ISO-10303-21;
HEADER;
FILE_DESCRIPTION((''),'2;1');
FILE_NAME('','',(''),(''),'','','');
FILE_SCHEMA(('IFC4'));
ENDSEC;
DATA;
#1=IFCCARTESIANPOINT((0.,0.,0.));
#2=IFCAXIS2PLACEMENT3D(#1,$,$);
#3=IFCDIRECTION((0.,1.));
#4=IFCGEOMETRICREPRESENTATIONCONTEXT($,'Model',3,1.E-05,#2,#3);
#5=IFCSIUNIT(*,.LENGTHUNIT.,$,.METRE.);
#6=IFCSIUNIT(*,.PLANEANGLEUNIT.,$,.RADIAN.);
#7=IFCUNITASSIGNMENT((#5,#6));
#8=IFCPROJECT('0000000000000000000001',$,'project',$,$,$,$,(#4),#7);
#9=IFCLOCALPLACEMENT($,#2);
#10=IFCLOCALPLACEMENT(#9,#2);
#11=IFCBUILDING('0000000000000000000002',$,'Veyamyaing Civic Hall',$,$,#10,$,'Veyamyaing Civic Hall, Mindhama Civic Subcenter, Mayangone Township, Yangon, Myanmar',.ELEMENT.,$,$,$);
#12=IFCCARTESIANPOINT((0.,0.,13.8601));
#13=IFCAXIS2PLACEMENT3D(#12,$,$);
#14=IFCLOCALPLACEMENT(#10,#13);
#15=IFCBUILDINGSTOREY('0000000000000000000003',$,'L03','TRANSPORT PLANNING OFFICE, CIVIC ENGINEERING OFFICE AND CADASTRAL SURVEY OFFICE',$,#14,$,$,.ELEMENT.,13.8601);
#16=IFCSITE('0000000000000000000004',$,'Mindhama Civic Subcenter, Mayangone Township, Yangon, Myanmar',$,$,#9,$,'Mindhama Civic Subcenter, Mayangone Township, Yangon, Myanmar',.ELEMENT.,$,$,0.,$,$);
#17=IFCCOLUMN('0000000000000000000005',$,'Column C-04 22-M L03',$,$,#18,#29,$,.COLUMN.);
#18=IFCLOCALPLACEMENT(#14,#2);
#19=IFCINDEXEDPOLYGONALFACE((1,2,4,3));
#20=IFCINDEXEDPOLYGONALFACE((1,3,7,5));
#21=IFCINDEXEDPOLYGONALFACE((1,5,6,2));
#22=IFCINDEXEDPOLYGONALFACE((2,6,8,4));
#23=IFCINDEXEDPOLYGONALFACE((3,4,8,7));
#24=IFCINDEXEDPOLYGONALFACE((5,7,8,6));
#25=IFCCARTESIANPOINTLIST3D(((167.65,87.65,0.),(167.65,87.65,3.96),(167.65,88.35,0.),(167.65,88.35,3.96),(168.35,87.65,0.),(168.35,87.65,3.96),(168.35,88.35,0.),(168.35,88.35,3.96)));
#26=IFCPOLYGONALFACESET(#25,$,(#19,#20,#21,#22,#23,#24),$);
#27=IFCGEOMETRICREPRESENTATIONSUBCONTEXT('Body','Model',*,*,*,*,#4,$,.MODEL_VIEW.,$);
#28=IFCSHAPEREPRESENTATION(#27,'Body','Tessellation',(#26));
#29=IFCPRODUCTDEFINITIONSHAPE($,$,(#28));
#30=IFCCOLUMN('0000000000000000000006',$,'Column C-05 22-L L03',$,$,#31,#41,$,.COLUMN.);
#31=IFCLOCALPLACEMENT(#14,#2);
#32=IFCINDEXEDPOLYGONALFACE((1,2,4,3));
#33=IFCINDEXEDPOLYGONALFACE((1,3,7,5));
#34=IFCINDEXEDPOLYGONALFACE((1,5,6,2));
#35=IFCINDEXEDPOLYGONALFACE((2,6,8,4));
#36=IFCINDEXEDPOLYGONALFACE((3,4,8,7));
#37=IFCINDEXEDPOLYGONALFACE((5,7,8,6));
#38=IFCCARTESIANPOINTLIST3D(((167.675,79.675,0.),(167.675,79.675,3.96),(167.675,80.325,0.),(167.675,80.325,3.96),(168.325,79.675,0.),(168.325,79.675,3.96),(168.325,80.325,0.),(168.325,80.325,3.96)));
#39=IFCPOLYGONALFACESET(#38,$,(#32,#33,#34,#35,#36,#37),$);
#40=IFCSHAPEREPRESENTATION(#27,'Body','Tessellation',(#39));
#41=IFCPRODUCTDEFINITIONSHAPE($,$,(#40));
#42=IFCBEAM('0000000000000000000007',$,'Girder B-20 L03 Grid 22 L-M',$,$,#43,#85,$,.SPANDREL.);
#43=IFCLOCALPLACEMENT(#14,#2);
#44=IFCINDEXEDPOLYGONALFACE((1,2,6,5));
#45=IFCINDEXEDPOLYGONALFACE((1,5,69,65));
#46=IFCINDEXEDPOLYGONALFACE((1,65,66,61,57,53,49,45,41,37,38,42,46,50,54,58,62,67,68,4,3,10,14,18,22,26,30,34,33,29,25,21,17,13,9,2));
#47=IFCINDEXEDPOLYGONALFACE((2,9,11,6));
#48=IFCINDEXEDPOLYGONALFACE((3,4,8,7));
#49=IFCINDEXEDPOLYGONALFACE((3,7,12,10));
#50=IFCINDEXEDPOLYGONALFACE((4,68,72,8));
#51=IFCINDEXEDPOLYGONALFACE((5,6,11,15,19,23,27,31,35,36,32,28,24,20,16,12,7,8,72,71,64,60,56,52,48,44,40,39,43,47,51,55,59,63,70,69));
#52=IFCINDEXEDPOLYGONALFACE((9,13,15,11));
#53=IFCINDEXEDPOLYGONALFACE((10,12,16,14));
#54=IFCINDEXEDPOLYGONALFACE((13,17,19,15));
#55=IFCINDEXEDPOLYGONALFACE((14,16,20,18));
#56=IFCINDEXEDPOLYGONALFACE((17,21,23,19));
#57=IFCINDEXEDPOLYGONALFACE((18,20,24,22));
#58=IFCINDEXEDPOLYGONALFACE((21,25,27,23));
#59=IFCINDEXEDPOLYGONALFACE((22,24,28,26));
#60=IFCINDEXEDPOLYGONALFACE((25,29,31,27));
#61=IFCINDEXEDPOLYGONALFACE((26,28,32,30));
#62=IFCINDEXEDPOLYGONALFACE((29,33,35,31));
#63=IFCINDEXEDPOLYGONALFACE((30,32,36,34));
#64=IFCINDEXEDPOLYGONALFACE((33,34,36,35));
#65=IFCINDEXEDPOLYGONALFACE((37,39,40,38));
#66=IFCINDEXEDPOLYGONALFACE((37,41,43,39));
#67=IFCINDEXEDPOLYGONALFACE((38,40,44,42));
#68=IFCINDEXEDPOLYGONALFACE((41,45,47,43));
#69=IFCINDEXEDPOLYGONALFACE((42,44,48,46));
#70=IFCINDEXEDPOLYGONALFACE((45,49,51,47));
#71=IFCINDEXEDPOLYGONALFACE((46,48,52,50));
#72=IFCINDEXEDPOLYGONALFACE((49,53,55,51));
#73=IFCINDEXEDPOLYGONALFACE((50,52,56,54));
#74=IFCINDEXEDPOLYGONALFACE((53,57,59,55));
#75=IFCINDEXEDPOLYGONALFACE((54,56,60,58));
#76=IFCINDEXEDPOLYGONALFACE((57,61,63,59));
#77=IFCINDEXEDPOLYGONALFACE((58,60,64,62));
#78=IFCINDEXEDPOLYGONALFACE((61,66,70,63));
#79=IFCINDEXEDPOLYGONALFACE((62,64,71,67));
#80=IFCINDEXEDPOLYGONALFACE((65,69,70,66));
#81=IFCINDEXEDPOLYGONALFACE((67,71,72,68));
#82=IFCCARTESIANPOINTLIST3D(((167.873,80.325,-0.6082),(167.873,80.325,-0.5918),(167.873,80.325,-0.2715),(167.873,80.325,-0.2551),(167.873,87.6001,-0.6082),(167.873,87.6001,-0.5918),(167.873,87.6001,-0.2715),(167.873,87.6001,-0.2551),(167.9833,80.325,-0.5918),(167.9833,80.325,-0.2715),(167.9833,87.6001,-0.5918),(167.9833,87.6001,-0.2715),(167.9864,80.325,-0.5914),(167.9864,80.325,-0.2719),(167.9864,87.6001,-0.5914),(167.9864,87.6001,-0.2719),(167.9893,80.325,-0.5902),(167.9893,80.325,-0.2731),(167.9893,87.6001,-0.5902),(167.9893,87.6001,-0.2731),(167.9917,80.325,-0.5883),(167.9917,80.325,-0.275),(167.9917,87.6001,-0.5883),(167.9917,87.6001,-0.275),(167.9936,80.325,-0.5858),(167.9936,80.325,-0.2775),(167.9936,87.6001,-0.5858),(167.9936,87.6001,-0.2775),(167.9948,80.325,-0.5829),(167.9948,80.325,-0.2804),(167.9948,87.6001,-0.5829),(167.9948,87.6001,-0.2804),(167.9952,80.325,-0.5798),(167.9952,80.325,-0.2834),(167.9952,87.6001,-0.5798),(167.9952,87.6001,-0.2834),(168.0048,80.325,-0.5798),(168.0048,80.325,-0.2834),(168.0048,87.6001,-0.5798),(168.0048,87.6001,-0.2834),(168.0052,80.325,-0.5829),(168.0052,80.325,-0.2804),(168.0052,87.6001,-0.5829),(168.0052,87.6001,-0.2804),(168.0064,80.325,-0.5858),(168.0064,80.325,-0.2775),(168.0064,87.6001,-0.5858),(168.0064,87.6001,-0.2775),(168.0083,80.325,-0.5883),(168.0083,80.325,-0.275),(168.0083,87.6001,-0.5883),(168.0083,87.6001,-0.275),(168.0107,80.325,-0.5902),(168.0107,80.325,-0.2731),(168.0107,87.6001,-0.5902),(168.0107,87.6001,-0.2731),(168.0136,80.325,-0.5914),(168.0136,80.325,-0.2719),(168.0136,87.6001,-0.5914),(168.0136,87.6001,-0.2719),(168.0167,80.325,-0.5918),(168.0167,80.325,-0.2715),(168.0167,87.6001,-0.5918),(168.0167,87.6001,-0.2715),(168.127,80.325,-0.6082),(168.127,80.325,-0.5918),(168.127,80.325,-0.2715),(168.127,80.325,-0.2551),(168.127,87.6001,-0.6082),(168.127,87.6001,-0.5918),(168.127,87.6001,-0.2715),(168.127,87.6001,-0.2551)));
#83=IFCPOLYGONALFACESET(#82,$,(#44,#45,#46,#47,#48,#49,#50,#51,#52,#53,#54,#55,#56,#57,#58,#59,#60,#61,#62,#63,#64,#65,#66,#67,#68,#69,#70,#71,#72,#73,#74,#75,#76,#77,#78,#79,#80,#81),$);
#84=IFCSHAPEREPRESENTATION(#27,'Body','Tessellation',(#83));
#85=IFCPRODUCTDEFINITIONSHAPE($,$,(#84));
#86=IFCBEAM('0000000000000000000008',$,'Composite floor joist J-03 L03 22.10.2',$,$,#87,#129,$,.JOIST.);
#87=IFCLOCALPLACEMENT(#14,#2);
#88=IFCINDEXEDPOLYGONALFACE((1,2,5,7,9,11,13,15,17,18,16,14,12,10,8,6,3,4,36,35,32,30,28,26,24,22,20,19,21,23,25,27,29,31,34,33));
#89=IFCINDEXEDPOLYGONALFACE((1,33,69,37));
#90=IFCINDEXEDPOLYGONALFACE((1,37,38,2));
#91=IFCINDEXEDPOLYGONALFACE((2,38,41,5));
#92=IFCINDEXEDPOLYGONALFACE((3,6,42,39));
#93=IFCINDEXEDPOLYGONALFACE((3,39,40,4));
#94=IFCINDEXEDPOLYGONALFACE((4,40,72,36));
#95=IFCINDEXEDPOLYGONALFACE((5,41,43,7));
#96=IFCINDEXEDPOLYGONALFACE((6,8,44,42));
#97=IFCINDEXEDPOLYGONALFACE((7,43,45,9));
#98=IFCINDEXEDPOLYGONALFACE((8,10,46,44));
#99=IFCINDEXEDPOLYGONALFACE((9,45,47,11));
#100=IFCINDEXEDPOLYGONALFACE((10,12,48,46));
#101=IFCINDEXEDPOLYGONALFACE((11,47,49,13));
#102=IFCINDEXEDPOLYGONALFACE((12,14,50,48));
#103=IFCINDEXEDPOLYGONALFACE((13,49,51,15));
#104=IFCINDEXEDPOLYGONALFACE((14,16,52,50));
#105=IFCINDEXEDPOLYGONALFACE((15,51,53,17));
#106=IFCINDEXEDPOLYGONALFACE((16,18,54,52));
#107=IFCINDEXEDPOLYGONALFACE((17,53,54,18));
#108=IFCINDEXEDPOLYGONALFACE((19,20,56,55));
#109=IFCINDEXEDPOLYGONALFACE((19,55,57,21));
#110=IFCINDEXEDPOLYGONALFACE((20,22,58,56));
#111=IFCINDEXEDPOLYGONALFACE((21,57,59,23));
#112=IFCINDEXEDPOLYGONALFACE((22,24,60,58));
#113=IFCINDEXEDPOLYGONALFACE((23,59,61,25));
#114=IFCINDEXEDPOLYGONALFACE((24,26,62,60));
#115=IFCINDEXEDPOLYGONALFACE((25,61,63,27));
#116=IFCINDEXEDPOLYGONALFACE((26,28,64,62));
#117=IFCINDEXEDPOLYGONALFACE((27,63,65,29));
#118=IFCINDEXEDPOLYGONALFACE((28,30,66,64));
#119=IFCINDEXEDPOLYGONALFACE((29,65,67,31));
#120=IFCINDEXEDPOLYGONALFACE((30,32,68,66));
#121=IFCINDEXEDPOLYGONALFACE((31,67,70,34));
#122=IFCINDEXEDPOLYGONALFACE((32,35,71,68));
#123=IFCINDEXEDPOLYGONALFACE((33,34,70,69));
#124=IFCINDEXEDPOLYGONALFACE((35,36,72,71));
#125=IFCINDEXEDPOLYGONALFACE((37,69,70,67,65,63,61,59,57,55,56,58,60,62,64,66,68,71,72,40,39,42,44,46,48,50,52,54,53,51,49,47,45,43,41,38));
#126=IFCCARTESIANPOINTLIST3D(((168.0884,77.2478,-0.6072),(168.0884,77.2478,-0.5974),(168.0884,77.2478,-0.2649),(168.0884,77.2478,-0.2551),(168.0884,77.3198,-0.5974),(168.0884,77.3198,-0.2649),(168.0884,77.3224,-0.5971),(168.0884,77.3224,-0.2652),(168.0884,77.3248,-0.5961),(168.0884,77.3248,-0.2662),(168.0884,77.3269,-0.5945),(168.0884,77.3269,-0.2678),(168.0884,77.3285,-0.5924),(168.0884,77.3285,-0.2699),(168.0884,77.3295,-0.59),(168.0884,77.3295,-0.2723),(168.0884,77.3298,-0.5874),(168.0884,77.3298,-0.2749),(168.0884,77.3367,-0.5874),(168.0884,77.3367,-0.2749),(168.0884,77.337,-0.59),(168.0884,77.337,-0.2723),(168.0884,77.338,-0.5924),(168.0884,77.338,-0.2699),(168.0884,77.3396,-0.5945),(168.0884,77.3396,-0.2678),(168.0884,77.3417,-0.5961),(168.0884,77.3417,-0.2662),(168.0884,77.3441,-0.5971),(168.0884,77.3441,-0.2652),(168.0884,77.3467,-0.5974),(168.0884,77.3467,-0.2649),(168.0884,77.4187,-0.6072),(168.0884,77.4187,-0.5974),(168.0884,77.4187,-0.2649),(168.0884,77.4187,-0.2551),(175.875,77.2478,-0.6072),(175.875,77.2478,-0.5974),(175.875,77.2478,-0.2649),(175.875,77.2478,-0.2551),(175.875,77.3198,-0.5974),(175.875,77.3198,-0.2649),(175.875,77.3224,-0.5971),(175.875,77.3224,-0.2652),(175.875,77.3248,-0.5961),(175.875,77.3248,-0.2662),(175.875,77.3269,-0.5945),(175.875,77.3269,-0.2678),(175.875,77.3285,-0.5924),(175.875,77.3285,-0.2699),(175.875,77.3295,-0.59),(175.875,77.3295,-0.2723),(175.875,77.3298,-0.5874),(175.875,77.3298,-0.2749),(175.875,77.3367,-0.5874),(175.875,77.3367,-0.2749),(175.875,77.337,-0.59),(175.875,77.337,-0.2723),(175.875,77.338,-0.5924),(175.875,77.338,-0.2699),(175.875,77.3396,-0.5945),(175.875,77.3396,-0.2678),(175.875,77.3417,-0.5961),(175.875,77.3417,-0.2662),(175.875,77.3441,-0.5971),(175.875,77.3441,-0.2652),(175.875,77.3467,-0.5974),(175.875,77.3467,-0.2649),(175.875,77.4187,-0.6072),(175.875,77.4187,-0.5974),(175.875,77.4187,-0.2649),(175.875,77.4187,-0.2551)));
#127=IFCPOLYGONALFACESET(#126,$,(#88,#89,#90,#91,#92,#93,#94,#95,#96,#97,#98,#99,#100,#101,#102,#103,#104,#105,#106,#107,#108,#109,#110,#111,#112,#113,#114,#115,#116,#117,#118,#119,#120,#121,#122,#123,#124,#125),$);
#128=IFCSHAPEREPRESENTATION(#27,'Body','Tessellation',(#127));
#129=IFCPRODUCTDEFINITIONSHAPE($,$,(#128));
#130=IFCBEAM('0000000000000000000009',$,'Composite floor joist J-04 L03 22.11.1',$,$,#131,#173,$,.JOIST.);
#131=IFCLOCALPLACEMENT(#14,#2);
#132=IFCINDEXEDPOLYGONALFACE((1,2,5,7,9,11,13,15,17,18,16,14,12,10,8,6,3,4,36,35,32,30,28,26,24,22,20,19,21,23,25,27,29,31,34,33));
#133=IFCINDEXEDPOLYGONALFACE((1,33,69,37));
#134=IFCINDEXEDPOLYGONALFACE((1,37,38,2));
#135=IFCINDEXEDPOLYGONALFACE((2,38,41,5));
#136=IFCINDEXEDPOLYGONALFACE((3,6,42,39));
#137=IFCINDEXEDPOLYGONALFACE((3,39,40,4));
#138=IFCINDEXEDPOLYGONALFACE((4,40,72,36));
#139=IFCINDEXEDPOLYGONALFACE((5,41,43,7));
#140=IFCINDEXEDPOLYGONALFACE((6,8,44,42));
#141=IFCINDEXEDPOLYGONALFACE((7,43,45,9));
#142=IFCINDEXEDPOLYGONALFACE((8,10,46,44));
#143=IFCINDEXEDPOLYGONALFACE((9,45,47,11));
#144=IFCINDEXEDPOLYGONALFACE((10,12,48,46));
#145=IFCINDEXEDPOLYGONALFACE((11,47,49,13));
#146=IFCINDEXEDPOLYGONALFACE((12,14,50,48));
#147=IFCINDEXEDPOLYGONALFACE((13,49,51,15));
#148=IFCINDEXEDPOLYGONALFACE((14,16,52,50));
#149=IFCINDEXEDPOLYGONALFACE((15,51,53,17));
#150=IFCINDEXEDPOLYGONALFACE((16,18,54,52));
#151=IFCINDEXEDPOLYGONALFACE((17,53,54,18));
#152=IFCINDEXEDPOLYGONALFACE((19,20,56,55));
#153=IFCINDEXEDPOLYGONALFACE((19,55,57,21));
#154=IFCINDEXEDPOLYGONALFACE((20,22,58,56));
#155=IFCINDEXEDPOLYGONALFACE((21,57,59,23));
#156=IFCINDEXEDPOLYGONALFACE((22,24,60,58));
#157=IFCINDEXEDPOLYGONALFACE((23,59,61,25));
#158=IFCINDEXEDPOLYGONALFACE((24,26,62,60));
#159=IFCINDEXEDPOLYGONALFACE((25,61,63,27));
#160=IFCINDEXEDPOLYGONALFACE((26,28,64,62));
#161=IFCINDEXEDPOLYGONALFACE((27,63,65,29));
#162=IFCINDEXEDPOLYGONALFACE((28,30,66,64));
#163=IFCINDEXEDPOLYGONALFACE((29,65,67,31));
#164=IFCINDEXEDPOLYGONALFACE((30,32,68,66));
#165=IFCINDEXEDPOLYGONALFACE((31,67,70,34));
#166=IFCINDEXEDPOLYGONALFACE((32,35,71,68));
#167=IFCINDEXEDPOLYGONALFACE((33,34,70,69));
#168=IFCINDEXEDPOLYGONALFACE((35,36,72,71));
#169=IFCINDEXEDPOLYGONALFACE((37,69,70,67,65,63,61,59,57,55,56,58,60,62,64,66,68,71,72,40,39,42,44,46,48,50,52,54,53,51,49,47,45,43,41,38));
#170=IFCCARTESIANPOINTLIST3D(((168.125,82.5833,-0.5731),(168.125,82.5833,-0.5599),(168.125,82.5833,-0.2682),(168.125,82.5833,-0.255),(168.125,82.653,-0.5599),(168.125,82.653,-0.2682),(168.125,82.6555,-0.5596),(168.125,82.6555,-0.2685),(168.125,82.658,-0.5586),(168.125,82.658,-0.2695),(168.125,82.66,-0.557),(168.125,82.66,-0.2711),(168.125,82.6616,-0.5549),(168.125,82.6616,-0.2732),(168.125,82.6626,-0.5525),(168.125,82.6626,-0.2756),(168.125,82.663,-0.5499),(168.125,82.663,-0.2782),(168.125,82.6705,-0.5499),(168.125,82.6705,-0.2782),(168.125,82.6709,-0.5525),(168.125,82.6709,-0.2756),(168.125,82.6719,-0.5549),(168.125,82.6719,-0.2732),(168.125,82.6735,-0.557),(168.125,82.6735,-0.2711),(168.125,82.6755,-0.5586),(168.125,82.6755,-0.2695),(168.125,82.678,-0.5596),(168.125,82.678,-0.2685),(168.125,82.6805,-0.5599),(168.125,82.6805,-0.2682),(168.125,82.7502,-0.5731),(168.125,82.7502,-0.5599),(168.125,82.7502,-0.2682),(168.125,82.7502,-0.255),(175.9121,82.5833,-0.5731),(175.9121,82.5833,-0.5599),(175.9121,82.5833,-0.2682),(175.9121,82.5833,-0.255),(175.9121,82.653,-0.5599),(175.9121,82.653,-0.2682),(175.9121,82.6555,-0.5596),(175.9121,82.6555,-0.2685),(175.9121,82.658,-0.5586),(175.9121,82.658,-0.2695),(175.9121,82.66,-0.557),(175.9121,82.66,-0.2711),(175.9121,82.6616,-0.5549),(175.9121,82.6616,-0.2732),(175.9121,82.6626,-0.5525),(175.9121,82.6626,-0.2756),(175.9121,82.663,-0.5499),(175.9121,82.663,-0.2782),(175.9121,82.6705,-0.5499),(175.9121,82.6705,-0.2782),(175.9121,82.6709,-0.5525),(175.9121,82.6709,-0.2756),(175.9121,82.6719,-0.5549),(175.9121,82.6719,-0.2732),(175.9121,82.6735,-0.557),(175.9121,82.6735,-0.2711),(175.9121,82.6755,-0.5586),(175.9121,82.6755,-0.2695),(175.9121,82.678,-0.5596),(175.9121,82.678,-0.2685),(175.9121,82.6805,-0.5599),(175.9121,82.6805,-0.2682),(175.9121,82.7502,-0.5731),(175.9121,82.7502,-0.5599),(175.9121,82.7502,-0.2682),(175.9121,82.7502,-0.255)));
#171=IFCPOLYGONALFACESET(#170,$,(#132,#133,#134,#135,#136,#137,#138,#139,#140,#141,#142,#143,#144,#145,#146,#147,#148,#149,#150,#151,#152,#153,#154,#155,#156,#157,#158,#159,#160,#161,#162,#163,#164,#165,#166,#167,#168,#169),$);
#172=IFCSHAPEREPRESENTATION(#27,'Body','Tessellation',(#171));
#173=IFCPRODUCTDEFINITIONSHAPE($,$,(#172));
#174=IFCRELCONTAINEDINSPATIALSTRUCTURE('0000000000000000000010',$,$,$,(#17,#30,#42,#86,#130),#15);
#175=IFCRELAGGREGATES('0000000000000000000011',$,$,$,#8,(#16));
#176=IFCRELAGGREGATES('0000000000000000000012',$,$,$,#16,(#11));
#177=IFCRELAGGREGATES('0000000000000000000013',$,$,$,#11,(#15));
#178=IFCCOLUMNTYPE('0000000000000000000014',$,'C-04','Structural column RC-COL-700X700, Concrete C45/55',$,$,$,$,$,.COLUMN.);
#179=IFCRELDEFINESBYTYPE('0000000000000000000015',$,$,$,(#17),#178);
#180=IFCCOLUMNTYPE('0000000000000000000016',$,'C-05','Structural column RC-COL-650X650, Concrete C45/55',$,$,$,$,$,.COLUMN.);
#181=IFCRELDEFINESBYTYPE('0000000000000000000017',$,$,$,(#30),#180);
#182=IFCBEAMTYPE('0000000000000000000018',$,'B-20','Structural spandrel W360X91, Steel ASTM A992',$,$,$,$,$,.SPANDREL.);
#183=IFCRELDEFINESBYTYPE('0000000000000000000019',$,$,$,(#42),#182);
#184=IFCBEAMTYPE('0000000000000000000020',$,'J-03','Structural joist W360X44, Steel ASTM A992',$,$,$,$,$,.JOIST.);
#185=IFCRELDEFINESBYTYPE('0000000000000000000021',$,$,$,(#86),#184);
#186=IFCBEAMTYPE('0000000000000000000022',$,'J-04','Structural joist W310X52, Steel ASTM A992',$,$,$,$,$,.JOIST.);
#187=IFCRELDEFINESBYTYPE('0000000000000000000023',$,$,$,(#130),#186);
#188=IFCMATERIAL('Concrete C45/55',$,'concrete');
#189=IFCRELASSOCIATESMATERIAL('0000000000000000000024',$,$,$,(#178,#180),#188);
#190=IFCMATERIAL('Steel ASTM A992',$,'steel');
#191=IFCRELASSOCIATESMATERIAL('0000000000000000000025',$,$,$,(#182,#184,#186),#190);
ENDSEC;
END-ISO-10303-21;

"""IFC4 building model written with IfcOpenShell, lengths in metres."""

from ifc_helpers import new_model, si_unit, direction, frame, origin, origin_2d, place, context, subcontext, project, spatial, rectangle, i_section, extrude, material, material_profile, profile_set, type_object, element, save


model = new_model("IFC4")

# Units and contexts
model_context = context("Model", 3, precision=1e-05, world=origin(), true_north=direction((0.0, 1.0)))
body_context = subcontext(model_context, "Body", "Model", "MODEL_VIEW")
ifc_project = project(units=[si_unit("LENGTHUNIT", "METRE"), si_unit("PLANEANGLEUNIT", "RADIAN")], contexts=[model_context])

# Site, building, storey
site_placement = place(None, origin())
site = spatial("IfcSite", under=ifc_project, at=site_placement, Name="Mindhama Civic Subcenter, Mayangone Township, Yangon, Myanmar", LongName="Mindhama Civic Subcenter, Mayangone Township, Yangon, Myanmar", CompositionType="ELEMENT", RefElevation=0.0)
building_placement = place(site_placement, origin())
building = spatial("IfcBuilding", under=site, at=building_placement, Name="Veyamyaing Civic Hall", LongName="Veyamyaing Civic Hall, Mindhama Civic Subcenter, Mayangone Township, Yangon, Myanmar", CompositionType="ELEMENT")
storey_placement = place(building_placement, frame((0.0, 0.0, 13.8601)))
storey = spatial("IfcBuildingStorey", under=building, at=storey_placement, Name="L03", Description="TRANSPORT PLANNING OFFICE, CIVIC ENGINEERING OFFICE AND CADASTRAL SURVEY OFFICE", CompositionType="ELEMENT", Elevation=13.8601)

# Columns
ifc_material_1 = material(Name="Concrete C45/55", Category="concrete")
ifc_material_profile_1 = material_profile(ifc_material_1, rectangle(XDim=0.7, YDim=0.7, at=origin_2d()), Name="RC-COL-700X700")
ifc_profile_set_1 = profile_set([ifc_material_profile_1], Name="Concrete C45/55")
column_type_1 = type_object("IfcColumnType", Name="C-04", Description="Structural column RC-COL-700X700, Concrete C45/55", PredefinedType="COLUMN", material=ifc_profile_set_1)
column_1_placement = place(storey_placement, frame((168.0, 88.0, 0.0), z_axis=(0.0, 0.0, 1.0), x_axis=(1.0, 0.0, 0.0)))
element("IfcColumn", 1, at=column_1_placement, inside=storey, type_object=column_type_1, Name="Column C-04 22-M L03", PredefinedType="COLUMN", context=body_context, shape_type="SweptSolid", body=[
    extrude(rectangle(XDim=0.7, YDim=0.7, at=origin_2d()), origin(), (0.0, 0.0, 1.0), 3.96),
])
ifc_material_profile_2 = material_profile(ifc_material_1, rectangle(XDim=0.6499, YDim=0.6499, at=origin_2d()), Name="RC-COL-650X650")
ifc_profile_set_2 = profile_set([ifc_material_profile_2], Name="Concrete C45/55")
column_type_2 = type_object("IfcColumnType", Name="C-05", Description="Structural column RC-COL-650X650, Concrete C45/55", PredefinedType="COLUMN", material=ifc_profile_set_2)
column_2_placement = place(storey_placement, frame((168.0, 80.0, 0.0), z_axis=(0.0, 0.0, 1.0), x_axis=(1.0, 0.0, 0.0)))
element("IfcColumn", 2, at=column_2_placement, inside=storey, type_object=column_type_2, Name="Column C-05 22-L L03", PredefinedType="COLUMN", context=body_context, shape_type="SweptSolid", body=[
    extrude(rectangle(XDim=0.6499, YDim=0.6499, at=origin_2d()), origin(), (0.0, 0.0, 1.0), 3.96),
])

# Beams
ifc_material_2 = material(Name="Steel ASTM A992", Category="steel")
ifc_material_profile_3 = material_profile(ifc_material_2, i_section(OverallWidth=0.2539, OverallDepth=0.353, WebThickness=0.0095, FlangeThickness=0.0164, FilletRadius=0.012, at=origin_2d()), Name="W360X91")
ifc_profile_set_3 = profile_set([ifc_material_profile_3], Name="Steel ASTM A992")
beam_type_1 = type_object("IfcBeamType", Name="B-20", Description="Structural spandrel W360X91, Steel ASTM A992", PredefinedType="SPANDREL", material=ifc_profile_set_3)
beam_1_placement = place(storey_placement, frame((168.0, 80.325, -0.4316), z_axis=(0.0, 1.0, 0.0), x_axis=(-1.0, 0.0, 0.0)))
element("IfcBeam", 3, at=beam_1_placement, inside=storey, type_object=beam_type_1, Name="Girder B-20 L03 Grid 22 L-M", PredefinedType="SPANDREL", context=body_context, shape_type="SweptSolid", body=[
    extrude(i_section(OverallWidth=0.2539, OverallDepth=0.353, WebThickness=0.0095, FlangeThickness=0.0164, FilletRadius=0.012, at=origin_2d()), origin(), (0.0, 0.0, 1.0), 7.2751),
])
ifc_material_profile_4 = material_profile(ifc_material_2, i_section(OverallWidth=0.1709, OverallDepth=0.3521, WebThickness=0.0068, FlangeThickness=0.0098, FilletRadius=0.01, at=origin_2d()), Name="W360X44")
ifc_profile_set_4 = profile_set([ifc_material_profile_4], Name="Steel ASTM A992")
beam_type_2 = type_object("IfcBeamType", Name="J-03", Description="Structural joist W360X44, Steel ASTM A992", PredefinedType="JOIST", material=ifc_profile_set_4)
beam_2_placement = place(storey_placement, frame((168.0884, 77.3333, -0.4312), z_axis=(1.0, 0.0, 0.0), x_axis=(0.0, 1.0, 0.0)))
element("IfcBeam", 4, at=beam_2_placement, inside=storey, type_object=beam_type_2, Name="Composite floor joist J-03 L03 22.10.2", PredefinedType="JOIST", context=body_context, shape_type="SweptSolid", body=[
    extrude(i_section(OverallWidth=0.1709, OverallDepth=0.3521, WebThickness=0.0068, FlangeThickness=0.0098, FilletRadius=0.01, at=origin_2d()), origin(), (0.0, 0.0, 1.0), 7.7866),
])
ifc_material_profile_5 = material_profile(ifc_material_2, i_section(OverallWidth=0.167, OverallDepth=0.3181, WebThickness=0.0076, FlangeThickness=0.0132, FilletRadius=0.01, at=origin_2d()), Name="W310X52")
ifc_profile_set_5 = profile_set([ifc_material_profile_5], Name="Steel ASTM A992")
beam_type_3 = type_object("IfcBeamType", Name="J-04", Description="Structural joist W310X52, Steel ASTM A992", PredefinedType="JOIST", material=ifc_profile_set_5)
for number, where, z_axis, x_axis, name in (
    (5, (168.125, 82.6667, -0.4141), (1.0, 0.0, 0.0), (0.0, 1.0, 0.0), "Composite floor joist J-04 L03 22.11.1"),
):
    element("IfcBeam", number, at=place(storey_placement, frame(where, z_axis=z_axis, x_axis=x_axis)), inside=storey, type_object=beam_type_3, Name=name, PredefinedType="JOIST", context=body_context, shape_type="SweptSolid", body=[
        extrude(i_section(OverallWidth=0.167, OverallDepth=0.3181, WebThickness=0.0076, FlangeThickness=0.0132, FilletRadius=0.01, at=origin_2d()), origin(), (0.0, 0.0, 1.0), 7.7871),
    ])

save(model, "model.ifc")
